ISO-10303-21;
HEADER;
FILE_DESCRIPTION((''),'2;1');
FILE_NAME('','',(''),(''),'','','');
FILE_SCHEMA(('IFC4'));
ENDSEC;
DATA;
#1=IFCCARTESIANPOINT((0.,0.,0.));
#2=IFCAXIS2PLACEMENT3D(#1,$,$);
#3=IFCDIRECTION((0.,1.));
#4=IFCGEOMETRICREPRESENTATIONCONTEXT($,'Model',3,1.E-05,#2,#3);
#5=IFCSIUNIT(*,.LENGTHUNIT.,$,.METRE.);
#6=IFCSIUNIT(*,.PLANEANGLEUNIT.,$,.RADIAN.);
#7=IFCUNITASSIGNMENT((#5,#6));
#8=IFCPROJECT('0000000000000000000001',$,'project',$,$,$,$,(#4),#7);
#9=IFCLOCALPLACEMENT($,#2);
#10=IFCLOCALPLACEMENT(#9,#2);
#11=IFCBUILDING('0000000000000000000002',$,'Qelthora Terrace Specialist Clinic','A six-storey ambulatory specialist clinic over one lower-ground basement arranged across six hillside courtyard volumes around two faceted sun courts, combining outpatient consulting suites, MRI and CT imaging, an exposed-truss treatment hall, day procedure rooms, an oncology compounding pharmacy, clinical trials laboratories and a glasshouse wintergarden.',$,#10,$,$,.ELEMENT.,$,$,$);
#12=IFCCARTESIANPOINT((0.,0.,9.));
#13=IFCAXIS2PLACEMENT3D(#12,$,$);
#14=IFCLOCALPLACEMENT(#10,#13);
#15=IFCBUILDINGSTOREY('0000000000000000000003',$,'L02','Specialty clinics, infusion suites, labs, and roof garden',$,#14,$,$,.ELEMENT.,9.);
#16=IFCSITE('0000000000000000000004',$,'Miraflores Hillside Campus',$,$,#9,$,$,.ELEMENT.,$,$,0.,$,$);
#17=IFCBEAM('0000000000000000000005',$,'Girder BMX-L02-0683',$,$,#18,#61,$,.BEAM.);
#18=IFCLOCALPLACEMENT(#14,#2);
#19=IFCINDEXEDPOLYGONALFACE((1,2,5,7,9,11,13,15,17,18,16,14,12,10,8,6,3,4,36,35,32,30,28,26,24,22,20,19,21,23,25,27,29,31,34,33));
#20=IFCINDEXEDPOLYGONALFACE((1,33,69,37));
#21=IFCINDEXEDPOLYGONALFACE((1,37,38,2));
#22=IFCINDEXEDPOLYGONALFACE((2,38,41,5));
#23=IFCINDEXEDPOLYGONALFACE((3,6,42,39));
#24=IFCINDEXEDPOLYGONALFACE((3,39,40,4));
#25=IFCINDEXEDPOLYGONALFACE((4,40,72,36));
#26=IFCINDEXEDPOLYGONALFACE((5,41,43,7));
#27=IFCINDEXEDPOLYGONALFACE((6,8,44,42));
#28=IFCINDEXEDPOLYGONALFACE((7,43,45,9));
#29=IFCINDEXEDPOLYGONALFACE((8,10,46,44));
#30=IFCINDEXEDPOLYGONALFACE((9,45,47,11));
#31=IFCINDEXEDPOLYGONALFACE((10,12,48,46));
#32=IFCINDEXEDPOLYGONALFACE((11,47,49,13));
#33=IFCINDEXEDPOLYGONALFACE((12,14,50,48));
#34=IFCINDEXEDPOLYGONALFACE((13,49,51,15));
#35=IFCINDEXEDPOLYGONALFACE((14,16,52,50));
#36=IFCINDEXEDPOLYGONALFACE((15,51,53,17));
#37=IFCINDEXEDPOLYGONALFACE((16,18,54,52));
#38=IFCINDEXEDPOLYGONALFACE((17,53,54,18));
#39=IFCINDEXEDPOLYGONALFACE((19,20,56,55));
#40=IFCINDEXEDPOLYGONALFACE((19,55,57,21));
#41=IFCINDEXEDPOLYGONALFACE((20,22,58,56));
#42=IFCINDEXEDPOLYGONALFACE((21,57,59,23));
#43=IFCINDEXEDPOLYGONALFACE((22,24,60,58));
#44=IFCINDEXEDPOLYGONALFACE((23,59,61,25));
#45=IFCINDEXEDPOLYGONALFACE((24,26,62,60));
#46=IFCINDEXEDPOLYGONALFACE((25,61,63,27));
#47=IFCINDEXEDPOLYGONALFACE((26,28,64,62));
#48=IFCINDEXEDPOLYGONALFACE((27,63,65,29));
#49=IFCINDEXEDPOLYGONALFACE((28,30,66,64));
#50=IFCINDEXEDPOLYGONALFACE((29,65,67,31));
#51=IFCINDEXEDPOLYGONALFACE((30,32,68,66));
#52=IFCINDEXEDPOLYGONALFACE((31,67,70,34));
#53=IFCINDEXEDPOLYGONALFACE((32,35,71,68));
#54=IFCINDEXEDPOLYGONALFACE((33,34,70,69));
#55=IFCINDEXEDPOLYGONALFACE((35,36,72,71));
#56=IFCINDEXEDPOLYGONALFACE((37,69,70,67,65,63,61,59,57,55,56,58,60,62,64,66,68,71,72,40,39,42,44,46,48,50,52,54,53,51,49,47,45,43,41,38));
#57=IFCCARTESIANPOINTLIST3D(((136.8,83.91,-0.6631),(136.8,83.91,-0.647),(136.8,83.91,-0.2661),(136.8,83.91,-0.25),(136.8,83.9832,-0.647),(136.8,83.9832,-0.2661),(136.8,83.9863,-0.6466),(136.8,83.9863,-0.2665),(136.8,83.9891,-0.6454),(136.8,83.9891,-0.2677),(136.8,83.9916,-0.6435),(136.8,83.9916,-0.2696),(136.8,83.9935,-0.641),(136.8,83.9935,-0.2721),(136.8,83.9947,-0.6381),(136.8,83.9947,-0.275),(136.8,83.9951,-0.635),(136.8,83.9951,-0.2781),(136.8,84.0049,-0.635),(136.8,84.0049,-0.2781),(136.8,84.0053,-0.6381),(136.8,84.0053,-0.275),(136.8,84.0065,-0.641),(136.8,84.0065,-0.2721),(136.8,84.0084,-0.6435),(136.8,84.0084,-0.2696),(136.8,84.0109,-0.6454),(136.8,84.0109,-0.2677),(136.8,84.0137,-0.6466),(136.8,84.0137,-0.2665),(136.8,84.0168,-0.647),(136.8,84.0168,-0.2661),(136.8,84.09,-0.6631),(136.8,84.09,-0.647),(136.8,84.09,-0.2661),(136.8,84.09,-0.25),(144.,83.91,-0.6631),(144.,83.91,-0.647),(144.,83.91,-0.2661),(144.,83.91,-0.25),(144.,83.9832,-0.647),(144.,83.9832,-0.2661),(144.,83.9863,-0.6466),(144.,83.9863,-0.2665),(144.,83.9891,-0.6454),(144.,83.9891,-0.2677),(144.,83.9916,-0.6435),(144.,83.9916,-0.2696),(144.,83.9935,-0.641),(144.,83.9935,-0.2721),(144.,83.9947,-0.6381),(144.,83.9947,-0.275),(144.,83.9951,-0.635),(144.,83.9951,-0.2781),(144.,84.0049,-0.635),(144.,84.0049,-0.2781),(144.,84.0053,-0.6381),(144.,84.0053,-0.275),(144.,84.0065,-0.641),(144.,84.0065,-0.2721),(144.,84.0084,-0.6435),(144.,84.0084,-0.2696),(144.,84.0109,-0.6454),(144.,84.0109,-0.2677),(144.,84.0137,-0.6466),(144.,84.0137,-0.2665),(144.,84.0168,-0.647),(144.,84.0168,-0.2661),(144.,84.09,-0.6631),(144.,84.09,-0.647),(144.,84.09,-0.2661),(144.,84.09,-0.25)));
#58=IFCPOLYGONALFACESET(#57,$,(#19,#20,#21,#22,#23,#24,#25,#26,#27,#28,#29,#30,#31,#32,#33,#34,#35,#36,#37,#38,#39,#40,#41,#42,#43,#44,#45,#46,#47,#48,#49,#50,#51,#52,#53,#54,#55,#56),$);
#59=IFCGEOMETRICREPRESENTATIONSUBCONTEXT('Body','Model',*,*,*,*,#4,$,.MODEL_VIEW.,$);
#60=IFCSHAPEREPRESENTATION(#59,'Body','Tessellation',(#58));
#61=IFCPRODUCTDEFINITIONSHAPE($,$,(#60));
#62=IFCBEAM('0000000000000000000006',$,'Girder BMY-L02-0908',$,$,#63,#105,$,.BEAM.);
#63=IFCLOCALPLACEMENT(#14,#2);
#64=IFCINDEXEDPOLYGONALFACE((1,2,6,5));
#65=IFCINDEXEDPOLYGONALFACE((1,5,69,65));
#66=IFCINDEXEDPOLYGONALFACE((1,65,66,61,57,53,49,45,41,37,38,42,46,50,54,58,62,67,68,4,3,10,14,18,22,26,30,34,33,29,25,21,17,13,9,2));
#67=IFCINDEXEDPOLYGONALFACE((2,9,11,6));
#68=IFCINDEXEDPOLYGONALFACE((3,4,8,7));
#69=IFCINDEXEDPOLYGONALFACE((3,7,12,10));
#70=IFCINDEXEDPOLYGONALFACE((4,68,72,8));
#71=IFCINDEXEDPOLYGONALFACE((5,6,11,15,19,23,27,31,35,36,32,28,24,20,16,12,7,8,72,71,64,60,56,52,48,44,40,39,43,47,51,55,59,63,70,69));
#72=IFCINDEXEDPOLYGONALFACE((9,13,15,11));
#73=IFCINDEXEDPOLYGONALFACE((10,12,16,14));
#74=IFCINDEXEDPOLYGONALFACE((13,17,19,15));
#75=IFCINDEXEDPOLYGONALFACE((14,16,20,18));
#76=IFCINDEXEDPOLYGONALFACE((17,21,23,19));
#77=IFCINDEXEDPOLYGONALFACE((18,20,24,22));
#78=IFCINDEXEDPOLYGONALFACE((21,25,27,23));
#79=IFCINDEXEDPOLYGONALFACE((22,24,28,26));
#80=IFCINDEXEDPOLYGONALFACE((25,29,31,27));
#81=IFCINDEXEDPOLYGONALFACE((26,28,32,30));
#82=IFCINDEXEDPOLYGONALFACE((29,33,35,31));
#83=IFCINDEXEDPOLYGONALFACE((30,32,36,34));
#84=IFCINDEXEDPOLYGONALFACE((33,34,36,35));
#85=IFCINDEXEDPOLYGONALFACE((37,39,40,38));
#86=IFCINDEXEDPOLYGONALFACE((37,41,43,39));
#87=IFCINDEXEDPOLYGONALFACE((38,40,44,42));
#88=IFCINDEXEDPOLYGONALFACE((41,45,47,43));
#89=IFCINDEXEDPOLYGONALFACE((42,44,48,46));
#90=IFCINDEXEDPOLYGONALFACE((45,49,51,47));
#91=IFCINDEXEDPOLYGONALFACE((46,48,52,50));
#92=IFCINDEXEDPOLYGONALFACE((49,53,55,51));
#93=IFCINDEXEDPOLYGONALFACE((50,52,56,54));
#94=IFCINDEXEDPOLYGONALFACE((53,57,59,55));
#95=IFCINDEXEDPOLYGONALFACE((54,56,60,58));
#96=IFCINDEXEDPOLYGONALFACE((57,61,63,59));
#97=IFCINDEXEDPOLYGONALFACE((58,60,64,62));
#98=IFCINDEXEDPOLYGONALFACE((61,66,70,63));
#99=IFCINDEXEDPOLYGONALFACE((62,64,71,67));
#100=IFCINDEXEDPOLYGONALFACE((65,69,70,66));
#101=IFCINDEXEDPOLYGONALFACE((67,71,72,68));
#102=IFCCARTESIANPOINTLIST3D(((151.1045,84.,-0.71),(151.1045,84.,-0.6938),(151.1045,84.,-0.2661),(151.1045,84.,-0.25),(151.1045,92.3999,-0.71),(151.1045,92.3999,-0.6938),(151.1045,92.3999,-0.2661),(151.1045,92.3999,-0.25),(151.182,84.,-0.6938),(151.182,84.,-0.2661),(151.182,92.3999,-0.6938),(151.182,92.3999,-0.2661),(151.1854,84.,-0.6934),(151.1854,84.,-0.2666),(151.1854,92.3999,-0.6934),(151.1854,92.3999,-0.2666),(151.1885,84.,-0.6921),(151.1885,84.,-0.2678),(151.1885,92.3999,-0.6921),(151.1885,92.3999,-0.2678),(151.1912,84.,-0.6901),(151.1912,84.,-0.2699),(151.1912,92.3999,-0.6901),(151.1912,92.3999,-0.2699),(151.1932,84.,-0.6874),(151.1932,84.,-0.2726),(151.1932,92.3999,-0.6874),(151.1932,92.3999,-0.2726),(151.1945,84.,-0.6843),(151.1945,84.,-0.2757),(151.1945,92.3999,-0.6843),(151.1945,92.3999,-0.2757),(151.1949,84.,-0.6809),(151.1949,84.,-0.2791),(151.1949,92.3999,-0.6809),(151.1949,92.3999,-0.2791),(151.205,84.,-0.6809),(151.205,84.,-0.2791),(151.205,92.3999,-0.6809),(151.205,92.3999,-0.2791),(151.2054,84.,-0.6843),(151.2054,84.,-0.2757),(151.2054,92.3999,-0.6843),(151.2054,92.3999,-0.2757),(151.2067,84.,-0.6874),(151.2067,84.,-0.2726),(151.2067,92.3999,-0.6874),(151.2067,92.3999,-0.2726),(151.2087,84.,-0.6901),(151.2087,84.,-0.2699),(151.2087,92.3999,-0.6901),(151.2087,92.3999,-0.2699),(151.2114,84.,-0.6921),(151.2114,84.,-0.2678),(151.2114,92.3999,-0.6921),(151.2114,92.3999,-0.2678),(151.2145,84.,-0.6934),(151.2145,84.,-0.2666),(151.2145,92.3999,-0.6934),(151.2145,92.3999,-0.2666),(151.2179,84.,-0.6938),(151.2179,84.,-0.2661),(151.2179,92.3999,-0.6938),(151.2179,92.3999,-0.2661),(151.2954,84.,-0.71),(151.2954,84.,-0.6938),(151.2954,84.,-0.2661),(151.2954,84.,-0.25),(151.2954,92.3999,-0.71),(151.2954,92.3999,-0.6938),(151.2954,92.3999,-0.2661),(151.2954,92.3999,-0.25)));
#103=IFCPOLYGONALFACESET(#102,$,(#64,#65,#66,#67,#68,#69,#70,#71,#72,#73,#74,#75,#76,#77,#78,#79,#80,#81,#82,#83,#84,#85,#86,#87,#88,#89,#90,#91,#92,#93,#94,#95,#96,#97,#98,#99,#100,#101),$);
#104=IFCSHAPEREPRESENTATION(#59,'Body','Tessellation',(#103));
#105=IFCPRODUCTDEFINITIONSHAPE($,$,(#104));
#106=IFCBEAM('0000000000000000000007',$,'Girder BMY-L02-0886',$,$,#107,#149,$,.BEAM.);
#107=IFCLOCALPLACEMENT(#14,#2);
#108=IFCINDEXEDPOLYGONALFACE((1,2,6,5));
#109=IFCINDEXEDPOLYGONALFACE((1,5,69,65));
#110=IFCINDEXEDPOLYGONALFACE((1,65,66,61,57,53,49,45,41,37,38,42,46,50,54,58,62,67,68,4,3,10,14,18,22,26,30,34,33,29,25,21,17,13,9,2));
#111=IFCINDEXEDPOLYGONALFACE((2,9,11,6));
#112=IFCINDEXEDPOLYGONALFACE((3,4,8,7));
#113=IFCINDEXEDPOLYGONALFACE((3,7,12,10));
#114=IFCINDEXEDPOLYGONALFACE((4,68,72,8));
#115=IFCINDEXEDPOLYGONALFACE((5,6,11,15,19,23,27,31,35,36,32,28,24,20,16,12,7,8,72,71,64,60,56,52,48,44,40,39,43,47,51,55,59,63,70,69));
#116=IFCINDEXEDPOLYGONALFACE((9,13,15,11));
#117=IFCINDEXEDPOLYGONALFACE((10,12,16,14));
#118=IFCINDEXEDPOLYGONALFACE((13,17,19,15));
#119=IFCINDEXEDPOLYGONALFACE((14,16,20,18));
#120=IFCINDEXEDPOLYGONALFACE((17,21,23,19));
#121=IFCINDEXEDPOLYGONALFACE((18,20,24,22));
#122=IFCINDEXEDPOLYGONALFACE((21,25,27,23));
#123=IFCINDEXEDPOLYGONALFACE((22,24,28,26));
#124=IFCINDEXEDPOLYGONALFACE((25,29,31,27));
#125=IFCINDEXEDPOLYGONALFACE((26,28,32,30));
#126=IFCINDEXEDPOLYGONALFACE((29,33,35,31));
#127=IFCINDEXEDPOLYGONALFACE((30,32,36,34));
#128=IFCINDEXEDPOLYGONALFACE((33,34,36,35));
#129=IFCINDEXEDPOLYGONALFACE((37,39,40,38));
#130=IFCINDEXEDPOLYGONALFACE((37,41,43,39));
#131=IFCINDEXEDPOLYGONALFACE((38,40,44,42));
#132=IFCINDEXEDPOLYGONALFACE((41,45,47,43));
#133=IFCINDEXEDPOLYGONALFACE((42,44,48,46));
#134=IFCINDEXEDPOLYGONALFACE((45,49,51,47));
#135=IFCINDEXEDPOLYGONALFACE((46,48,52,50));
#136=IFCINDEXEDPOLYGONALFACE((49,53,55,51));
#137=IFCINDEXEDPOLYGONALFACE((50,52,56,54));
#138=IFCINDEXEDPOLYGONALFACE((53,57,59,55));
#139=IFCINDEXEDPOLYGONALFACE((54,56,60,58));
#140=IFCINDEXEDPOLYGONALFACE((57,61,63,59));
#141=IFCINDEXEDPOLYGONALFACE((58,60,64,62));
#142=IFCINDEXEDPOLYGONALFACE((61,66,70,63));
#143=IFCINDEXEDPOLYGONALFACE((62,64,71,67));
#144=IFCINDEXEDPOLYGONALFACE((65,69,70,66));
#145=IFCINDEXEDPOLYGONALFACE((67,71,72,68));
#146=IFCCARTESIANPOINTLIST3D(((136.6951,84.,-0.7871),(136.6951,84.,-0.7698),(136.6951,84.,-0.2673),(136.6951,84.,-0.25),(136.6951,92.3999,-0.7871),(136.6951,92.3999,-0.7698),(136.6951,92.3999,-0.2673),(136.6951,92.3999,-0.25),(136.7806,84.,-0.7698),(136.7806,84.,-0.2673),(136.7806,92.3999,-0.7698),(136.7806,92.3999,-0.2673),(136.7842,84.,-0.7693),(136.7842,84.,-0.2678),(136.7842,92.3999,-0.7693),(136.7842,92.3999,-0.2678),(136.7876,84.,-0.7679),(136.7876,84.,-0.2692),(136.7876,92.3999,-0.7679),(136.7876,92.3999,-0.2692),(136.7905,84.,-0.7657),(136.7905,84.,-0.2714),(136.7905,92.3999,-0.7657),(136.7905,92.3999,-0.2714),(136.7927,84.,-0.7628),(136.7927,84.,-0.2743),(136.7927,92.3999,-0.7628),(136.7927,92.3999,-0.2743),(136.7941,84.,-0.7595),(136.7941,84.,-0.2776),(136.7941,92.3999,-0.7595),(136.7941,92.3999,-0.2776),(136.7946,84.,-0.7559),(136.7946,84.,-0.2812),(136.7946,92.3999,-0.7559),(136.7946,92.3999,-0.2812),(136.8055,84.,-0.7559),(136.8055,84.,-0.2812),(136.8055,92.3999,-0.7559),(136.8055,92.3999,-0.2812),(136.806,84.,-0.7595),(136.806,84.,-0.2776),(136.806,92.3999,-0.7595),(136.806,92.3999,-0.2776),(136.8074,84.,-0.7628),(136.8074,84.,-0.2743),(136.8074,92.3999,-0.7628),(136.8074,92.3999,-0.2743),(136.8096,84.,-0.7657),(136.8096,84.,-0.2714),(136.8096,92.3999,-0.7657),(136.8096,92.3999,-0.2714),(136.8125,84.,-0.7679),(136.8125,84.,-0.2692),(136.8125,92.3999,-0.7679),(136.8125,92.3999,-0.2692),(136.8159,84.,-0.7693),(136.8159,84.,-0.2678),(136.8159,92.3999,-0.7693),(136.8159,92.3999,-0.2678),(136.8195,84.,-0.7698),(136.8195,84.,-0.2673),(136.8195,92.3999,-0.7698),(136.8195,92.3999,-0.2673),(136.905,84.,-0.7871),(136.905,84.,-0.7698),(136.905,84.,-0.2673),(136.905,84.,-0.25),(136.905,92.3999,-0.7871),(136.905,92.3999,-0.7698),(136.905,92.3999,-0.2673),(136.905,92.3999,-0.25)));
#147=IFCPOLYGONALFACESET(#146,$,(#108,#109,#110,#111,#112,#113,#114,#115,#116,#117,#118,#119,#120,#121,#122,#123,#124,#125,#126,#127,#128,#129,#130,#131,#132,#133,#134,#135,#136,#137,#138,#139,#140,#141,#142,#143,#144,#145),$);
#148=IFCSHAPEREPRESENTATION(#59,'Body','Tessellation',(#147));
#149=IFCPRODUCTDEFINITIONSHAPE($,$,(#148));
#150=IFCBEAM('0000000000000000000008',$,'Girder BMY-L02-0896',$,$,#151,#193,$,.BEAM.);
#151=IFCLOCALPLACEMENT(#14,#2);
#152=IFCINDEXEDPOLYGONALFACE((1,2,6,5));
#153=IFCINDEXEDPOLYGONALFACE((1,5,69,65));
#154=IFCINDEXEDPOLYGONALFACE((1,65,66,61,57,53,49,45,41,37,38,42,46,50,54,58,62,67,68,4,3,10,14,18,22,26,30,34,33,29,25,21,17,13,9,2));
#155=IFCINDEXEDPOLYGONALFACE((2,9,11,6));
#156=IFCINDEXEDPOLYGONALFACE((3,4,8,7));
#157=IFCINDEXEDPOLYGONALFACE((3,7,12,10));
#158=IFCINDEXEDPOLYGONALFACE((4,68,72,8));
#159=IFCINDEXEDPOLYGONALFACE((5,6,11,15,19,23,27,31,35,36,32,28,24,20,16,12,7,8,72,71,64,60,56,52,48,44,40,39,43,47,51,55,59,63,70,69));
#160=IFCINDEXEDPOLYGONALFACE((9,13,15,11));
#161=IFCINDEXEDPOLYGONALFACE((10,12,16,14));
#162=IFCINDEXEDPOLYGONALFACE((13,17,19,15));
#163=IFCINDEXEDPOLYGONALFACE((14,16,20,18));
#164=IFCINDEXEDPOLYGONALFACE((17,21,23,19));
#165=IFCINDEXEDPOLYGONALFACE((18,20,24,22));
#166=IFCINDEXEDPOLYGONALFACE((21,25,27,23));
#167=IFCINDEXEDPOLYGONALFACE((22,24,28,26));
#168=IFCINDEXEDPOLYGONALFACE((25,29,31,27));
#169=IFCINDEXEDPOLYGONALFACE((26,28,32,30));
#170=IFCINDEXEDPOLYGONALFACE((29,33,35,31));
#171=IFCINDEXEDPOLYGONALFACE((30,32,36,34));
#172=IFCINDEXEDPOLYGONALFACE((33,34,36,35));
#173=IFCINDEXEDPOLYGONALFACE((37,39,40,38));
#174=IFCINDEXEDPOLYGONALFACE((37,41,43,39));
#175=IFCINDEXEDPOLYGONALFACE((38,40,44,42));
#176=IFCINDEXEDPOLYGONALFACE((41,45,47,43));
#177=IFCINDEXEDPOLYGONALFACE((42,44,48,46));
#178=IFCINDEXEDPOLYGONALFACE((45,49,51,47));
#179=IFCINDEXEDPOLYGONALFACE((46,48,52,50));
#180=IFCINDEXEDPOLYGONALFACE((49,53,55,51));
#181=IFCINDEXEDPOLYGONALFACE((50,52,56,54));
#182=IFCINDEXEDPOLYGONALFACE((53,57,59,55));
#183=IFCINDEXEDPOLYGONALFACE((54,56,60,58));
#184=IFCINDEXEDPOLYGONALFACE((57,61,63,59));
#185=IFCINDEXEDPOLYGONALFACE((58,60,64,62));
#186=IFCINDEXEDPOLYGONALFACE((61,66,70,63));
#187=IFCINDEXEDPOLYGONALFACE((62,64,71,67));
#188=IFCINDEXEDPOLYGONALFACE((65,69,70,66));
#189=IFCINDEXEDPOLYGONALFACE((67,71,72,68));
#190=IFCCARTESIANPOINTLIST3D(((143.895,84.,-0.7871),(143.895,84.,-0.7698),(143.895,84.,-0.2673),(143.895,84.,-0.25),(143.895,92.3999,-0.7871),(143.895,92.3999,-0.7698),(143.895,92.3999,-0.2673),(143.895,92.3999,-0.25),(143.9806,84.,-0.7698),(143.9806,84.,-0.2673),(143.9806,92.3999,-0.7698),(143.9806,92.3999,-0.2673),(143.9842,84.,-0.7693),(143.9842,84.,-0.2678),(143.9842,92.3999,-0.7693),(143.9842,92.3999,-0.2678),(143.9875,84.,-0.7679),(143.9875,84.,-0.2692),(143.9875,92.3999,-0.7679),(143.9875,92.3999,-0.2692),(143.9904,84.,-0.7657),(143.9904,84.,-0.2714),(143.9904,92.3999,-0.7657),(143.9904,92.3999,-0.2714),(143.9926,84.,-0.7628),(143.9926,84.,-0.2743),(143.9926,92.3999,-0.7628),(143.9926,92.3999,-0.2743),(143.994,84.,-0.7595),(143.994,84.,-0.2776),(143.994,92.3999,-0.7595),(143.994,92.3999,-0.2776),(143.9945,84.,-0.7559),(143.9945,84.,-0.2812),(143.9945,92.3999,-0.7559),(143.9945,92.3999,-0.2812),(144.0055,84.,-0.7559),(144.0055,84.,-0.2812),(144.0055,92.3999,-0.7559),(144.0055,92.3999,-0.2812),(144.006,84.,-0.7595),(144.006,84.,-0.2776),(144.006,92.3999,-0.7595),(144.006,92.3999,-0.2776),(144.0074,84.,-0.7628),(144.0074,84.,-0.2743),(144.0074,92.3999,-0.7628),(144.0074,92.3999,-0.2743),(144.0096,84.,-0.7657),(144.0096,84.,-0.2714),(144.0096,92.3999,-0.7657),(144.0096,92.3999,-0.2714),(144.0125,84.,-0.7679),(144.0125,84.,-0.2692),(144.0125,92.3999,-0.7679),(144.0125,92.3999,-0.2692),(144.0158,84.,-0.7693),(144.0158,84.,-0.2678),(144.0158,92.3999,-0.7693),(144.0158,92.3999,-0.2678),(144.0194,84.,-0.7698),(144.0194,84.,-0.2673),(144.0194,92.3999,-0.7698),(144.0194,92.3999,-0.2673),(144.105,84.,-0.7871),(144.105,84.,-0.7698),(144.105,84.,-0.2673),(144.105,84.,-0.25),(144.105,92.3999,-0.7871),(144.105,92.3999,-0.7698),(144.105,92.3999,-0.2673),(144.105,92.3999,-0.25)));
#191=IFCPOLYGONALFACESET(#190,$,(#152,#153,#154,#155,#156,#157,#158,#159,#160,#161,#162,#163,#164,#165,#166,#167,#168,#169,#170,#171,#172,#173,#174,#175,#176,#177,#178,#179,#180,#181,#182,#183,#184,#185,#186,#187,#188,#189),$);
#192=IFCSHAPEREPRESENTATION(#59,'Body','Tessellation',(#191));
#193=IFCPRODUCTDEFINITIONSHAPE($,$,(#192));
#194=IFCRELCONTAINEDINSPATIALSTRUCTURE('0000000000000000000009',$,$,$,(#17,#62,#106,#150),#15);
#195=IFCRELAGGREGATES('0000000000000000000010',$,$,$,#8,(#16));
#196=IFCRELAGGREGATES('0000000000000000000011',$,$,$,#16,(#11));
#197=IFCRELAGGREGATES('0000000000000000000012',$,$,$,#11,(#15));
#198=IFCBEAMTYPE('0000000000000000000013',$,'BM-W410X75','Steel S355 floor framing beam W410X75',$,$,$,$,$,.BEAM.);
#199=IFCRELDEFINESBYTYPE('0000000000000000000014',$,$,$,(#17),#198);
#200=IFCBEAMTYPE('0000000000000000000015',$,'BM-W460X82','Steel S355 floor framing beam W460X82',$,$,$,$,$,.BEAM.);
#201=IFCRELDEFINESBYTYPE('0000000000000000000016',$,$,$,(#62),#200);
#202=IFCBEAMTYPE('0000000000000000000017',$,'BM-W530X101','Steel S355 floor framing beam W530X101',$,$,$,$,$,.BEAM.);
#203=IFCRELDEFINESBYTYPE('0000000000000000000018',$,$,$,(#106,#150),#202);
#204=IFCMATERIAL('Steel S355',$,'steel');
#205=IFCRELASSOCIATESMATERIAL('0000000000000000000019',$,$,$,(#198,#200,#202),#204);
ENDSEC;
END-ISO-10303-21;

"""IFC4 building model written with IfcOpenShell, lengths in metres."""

from ifc_helpers import new_model, si_unit, direction, frame, origin, origin_2d, place, context, subcontext, project, spatial, i_section, extrude, material, material_profile, profile_set, type_object, element, save


model = new_model("IFC4")

# Units and contexts
model_context = context("Model", 3, precision=1e-05, world=origin(), true_north=direction((0.0, 1.0)))
body_context = subcontext(model_context, "Body", "Model", "MODEL_VIEW")
ifc_project = project(units=[si_unit("LENGTHUNIT", "METRE"), si_unit("PLANEANGLEUNIT", "RADIAN")], contexts=[model_context])

# Site, building, storey
site_placement = place(None, origin())
site = spatial("IfcSite", under=ifc_project, at=site_placement, Name="Miraflores Hillside Campus", CompositionType="ELEMENT", RefElevation=0.0)
building_placement = place(site_placement, origin())
building = spatial("IfcBuilding", under=site, at=building_placement, Name="Qelthora Terrace Specialist Clinic", Description="A six-storey ambulatory specialist clinic over one lower-ground basement arranged across six hillside courtyard volumes around two faceted sun courts, combining outpatient consulting suites, MRI and CT imaging, an exposed-truss treatment hall, day procedure rooms, an oncology compounding pharmacy, clinical trials laboratories and a glasshouse wintergarden.", CompositionType="ELEMENT")
storey_placement = place(building_placement, frame((0.0, 0.0, 9.0)))
storey = spatial("IfcBuildingStorey", under=building, at=storey_placement, Name="L02", Description="Specialty clinics, infusion suites, labs, and roof garden", CompositionType="ELEMENT", Elevation=9.0)

# Shared definitions
ifc_material_1 = material(Name="Steel S355", Category="steel")

# Beams
ifc_material_profile_1 = material_profile(ifc_material_1, i_section(OverallWidth=0.1799, OverallDepth=0.4131, WebThickness=0.0098, FlangeThickness=0.0161, FilletRadius=0.012, at=origin_2d()), Name="W410X75")
ifc_profile_set_1 = profile_set([ifc_material_profile_1], Name="Steel S355")
beam_type_1 = type_object("IfcBeamType", Name="BM-W410X75", Description="Steel S355 floor framing beam W410X75", PredefinedType="BEAM", material=ifc_profile_set_1)
beam_1_placement = place(storey_placement, frame((136.8, 84.0, -0.4565), z_axis=(1.0, 0.0, 0.0), x_axis=(0.0, 1.0, 0.0)))
element("IfcBeam", 1, at=beam_1_placement, inside=storey, type_object=beam_type_1, Name="Girder BMX-L02-0683", PredefinedType="BEAM", context=body_context, shape_type="SweptSolid", body=[
    extrude(i_section(OverallWidth=0.1799, OverallDepth=0.4131, WebThickness=0.0098, FlangeThickness=0.0161, FilletRadius=0.012, at=origin_2d()), origin(), (0.0, 0.0, 1.0), 7.2),
])
ifc_material_profile_2 = material_profile(ifc_material_1, i_section(OverallWidth=0.1909, OverallDepth=0.46, WebThickness=0.01, FlangeThickness=0.0161, FilletRadius=0.0129, at=origin_2d()), Name="W460X82")
ifc_profile_set_2 = profile_set([ifc_material_profile_2], Name="Steel S355")
beam_type_2 = type_object("IfcBeamType", Name="BM-W460X82", Description="Steel S355 floor framing beam W460X82", PredefinedType="BEAM", material=ifc_profile_set_2)
beam_2_placement = place(storey_placement, frame((151.2, 84.0, -0.48), z_axis=(0.0, 1.0, 0.0), x_axis=(-1.0, 0.0, 0.0)))
element("IfcBeam", 2, at=beam_2_placement, inside=storey, type_object=beam_type_2, Name="Girder BMY-L02-0908", PredefinedType="BEAM", context=body_context, shape_type="SweptSolid", body=[
    extrude(i_section(OverallWidth=0.1909, OverallDepth=0.46, WebThickness=0.01, FlangeThickness=0.0161, FilletRadius=0.0129, at=origin_2d()), origin(), (0.0, 0.0, 1.0), 8.3999),
])
ifc_material_profile_3 = material_profile(ifc_material_1, i_section(OverallWidth=0.21, OverallDepth=0.5371, WebThickness=0.011, FlangeThickness=0.0173, FilletRadius=0.0139, at=origin_2d()), Name="W530X101")
ifc_profile_set_3 = profile_set([ifc_material_profile_3], Name="Steel S355")
beam_type_3 = type_object("IfcBeamType", Name="BM-W530X101", Description="Steel S355 floor framing beam W530X101", PredefinedType="BEAM", material=ifc_profile_set_3)
for number, where, z_axis, x_axis, name in (
    (3, (136.8, 84.0, -0.5186), (0.0, 1.0, 0.0), (-1.0, 0.0, 0.0), "Girder BMY-L02-0886"),
    (4, (144.0, 84.0, -0.5186), (0.0, 1.0, 0.0), (-1.0, 0.0, 0.0), "Girder BMY-L02-0896"),
):
    element("IfcBeam", number, at=place(storey_placement, frame(where, z_axis=z_axis, x_axis=x_axis)), inside=storey, type_object=beam_type_3, Name=name, PredefinedType="BEAM", context=body_context, shape_type="SweptSolid", body=[
        extrude(i_section(OverallWidth=0.21, OverallDepth=0.5371, WebThickness=0.011, FlangeThickness=0.0173, FilletRadius=0.0139, at=origin_2d()), origin(), (0.0, 0.0, 1.0), 8.3999),
    ])

save(model, "model.ifc")
